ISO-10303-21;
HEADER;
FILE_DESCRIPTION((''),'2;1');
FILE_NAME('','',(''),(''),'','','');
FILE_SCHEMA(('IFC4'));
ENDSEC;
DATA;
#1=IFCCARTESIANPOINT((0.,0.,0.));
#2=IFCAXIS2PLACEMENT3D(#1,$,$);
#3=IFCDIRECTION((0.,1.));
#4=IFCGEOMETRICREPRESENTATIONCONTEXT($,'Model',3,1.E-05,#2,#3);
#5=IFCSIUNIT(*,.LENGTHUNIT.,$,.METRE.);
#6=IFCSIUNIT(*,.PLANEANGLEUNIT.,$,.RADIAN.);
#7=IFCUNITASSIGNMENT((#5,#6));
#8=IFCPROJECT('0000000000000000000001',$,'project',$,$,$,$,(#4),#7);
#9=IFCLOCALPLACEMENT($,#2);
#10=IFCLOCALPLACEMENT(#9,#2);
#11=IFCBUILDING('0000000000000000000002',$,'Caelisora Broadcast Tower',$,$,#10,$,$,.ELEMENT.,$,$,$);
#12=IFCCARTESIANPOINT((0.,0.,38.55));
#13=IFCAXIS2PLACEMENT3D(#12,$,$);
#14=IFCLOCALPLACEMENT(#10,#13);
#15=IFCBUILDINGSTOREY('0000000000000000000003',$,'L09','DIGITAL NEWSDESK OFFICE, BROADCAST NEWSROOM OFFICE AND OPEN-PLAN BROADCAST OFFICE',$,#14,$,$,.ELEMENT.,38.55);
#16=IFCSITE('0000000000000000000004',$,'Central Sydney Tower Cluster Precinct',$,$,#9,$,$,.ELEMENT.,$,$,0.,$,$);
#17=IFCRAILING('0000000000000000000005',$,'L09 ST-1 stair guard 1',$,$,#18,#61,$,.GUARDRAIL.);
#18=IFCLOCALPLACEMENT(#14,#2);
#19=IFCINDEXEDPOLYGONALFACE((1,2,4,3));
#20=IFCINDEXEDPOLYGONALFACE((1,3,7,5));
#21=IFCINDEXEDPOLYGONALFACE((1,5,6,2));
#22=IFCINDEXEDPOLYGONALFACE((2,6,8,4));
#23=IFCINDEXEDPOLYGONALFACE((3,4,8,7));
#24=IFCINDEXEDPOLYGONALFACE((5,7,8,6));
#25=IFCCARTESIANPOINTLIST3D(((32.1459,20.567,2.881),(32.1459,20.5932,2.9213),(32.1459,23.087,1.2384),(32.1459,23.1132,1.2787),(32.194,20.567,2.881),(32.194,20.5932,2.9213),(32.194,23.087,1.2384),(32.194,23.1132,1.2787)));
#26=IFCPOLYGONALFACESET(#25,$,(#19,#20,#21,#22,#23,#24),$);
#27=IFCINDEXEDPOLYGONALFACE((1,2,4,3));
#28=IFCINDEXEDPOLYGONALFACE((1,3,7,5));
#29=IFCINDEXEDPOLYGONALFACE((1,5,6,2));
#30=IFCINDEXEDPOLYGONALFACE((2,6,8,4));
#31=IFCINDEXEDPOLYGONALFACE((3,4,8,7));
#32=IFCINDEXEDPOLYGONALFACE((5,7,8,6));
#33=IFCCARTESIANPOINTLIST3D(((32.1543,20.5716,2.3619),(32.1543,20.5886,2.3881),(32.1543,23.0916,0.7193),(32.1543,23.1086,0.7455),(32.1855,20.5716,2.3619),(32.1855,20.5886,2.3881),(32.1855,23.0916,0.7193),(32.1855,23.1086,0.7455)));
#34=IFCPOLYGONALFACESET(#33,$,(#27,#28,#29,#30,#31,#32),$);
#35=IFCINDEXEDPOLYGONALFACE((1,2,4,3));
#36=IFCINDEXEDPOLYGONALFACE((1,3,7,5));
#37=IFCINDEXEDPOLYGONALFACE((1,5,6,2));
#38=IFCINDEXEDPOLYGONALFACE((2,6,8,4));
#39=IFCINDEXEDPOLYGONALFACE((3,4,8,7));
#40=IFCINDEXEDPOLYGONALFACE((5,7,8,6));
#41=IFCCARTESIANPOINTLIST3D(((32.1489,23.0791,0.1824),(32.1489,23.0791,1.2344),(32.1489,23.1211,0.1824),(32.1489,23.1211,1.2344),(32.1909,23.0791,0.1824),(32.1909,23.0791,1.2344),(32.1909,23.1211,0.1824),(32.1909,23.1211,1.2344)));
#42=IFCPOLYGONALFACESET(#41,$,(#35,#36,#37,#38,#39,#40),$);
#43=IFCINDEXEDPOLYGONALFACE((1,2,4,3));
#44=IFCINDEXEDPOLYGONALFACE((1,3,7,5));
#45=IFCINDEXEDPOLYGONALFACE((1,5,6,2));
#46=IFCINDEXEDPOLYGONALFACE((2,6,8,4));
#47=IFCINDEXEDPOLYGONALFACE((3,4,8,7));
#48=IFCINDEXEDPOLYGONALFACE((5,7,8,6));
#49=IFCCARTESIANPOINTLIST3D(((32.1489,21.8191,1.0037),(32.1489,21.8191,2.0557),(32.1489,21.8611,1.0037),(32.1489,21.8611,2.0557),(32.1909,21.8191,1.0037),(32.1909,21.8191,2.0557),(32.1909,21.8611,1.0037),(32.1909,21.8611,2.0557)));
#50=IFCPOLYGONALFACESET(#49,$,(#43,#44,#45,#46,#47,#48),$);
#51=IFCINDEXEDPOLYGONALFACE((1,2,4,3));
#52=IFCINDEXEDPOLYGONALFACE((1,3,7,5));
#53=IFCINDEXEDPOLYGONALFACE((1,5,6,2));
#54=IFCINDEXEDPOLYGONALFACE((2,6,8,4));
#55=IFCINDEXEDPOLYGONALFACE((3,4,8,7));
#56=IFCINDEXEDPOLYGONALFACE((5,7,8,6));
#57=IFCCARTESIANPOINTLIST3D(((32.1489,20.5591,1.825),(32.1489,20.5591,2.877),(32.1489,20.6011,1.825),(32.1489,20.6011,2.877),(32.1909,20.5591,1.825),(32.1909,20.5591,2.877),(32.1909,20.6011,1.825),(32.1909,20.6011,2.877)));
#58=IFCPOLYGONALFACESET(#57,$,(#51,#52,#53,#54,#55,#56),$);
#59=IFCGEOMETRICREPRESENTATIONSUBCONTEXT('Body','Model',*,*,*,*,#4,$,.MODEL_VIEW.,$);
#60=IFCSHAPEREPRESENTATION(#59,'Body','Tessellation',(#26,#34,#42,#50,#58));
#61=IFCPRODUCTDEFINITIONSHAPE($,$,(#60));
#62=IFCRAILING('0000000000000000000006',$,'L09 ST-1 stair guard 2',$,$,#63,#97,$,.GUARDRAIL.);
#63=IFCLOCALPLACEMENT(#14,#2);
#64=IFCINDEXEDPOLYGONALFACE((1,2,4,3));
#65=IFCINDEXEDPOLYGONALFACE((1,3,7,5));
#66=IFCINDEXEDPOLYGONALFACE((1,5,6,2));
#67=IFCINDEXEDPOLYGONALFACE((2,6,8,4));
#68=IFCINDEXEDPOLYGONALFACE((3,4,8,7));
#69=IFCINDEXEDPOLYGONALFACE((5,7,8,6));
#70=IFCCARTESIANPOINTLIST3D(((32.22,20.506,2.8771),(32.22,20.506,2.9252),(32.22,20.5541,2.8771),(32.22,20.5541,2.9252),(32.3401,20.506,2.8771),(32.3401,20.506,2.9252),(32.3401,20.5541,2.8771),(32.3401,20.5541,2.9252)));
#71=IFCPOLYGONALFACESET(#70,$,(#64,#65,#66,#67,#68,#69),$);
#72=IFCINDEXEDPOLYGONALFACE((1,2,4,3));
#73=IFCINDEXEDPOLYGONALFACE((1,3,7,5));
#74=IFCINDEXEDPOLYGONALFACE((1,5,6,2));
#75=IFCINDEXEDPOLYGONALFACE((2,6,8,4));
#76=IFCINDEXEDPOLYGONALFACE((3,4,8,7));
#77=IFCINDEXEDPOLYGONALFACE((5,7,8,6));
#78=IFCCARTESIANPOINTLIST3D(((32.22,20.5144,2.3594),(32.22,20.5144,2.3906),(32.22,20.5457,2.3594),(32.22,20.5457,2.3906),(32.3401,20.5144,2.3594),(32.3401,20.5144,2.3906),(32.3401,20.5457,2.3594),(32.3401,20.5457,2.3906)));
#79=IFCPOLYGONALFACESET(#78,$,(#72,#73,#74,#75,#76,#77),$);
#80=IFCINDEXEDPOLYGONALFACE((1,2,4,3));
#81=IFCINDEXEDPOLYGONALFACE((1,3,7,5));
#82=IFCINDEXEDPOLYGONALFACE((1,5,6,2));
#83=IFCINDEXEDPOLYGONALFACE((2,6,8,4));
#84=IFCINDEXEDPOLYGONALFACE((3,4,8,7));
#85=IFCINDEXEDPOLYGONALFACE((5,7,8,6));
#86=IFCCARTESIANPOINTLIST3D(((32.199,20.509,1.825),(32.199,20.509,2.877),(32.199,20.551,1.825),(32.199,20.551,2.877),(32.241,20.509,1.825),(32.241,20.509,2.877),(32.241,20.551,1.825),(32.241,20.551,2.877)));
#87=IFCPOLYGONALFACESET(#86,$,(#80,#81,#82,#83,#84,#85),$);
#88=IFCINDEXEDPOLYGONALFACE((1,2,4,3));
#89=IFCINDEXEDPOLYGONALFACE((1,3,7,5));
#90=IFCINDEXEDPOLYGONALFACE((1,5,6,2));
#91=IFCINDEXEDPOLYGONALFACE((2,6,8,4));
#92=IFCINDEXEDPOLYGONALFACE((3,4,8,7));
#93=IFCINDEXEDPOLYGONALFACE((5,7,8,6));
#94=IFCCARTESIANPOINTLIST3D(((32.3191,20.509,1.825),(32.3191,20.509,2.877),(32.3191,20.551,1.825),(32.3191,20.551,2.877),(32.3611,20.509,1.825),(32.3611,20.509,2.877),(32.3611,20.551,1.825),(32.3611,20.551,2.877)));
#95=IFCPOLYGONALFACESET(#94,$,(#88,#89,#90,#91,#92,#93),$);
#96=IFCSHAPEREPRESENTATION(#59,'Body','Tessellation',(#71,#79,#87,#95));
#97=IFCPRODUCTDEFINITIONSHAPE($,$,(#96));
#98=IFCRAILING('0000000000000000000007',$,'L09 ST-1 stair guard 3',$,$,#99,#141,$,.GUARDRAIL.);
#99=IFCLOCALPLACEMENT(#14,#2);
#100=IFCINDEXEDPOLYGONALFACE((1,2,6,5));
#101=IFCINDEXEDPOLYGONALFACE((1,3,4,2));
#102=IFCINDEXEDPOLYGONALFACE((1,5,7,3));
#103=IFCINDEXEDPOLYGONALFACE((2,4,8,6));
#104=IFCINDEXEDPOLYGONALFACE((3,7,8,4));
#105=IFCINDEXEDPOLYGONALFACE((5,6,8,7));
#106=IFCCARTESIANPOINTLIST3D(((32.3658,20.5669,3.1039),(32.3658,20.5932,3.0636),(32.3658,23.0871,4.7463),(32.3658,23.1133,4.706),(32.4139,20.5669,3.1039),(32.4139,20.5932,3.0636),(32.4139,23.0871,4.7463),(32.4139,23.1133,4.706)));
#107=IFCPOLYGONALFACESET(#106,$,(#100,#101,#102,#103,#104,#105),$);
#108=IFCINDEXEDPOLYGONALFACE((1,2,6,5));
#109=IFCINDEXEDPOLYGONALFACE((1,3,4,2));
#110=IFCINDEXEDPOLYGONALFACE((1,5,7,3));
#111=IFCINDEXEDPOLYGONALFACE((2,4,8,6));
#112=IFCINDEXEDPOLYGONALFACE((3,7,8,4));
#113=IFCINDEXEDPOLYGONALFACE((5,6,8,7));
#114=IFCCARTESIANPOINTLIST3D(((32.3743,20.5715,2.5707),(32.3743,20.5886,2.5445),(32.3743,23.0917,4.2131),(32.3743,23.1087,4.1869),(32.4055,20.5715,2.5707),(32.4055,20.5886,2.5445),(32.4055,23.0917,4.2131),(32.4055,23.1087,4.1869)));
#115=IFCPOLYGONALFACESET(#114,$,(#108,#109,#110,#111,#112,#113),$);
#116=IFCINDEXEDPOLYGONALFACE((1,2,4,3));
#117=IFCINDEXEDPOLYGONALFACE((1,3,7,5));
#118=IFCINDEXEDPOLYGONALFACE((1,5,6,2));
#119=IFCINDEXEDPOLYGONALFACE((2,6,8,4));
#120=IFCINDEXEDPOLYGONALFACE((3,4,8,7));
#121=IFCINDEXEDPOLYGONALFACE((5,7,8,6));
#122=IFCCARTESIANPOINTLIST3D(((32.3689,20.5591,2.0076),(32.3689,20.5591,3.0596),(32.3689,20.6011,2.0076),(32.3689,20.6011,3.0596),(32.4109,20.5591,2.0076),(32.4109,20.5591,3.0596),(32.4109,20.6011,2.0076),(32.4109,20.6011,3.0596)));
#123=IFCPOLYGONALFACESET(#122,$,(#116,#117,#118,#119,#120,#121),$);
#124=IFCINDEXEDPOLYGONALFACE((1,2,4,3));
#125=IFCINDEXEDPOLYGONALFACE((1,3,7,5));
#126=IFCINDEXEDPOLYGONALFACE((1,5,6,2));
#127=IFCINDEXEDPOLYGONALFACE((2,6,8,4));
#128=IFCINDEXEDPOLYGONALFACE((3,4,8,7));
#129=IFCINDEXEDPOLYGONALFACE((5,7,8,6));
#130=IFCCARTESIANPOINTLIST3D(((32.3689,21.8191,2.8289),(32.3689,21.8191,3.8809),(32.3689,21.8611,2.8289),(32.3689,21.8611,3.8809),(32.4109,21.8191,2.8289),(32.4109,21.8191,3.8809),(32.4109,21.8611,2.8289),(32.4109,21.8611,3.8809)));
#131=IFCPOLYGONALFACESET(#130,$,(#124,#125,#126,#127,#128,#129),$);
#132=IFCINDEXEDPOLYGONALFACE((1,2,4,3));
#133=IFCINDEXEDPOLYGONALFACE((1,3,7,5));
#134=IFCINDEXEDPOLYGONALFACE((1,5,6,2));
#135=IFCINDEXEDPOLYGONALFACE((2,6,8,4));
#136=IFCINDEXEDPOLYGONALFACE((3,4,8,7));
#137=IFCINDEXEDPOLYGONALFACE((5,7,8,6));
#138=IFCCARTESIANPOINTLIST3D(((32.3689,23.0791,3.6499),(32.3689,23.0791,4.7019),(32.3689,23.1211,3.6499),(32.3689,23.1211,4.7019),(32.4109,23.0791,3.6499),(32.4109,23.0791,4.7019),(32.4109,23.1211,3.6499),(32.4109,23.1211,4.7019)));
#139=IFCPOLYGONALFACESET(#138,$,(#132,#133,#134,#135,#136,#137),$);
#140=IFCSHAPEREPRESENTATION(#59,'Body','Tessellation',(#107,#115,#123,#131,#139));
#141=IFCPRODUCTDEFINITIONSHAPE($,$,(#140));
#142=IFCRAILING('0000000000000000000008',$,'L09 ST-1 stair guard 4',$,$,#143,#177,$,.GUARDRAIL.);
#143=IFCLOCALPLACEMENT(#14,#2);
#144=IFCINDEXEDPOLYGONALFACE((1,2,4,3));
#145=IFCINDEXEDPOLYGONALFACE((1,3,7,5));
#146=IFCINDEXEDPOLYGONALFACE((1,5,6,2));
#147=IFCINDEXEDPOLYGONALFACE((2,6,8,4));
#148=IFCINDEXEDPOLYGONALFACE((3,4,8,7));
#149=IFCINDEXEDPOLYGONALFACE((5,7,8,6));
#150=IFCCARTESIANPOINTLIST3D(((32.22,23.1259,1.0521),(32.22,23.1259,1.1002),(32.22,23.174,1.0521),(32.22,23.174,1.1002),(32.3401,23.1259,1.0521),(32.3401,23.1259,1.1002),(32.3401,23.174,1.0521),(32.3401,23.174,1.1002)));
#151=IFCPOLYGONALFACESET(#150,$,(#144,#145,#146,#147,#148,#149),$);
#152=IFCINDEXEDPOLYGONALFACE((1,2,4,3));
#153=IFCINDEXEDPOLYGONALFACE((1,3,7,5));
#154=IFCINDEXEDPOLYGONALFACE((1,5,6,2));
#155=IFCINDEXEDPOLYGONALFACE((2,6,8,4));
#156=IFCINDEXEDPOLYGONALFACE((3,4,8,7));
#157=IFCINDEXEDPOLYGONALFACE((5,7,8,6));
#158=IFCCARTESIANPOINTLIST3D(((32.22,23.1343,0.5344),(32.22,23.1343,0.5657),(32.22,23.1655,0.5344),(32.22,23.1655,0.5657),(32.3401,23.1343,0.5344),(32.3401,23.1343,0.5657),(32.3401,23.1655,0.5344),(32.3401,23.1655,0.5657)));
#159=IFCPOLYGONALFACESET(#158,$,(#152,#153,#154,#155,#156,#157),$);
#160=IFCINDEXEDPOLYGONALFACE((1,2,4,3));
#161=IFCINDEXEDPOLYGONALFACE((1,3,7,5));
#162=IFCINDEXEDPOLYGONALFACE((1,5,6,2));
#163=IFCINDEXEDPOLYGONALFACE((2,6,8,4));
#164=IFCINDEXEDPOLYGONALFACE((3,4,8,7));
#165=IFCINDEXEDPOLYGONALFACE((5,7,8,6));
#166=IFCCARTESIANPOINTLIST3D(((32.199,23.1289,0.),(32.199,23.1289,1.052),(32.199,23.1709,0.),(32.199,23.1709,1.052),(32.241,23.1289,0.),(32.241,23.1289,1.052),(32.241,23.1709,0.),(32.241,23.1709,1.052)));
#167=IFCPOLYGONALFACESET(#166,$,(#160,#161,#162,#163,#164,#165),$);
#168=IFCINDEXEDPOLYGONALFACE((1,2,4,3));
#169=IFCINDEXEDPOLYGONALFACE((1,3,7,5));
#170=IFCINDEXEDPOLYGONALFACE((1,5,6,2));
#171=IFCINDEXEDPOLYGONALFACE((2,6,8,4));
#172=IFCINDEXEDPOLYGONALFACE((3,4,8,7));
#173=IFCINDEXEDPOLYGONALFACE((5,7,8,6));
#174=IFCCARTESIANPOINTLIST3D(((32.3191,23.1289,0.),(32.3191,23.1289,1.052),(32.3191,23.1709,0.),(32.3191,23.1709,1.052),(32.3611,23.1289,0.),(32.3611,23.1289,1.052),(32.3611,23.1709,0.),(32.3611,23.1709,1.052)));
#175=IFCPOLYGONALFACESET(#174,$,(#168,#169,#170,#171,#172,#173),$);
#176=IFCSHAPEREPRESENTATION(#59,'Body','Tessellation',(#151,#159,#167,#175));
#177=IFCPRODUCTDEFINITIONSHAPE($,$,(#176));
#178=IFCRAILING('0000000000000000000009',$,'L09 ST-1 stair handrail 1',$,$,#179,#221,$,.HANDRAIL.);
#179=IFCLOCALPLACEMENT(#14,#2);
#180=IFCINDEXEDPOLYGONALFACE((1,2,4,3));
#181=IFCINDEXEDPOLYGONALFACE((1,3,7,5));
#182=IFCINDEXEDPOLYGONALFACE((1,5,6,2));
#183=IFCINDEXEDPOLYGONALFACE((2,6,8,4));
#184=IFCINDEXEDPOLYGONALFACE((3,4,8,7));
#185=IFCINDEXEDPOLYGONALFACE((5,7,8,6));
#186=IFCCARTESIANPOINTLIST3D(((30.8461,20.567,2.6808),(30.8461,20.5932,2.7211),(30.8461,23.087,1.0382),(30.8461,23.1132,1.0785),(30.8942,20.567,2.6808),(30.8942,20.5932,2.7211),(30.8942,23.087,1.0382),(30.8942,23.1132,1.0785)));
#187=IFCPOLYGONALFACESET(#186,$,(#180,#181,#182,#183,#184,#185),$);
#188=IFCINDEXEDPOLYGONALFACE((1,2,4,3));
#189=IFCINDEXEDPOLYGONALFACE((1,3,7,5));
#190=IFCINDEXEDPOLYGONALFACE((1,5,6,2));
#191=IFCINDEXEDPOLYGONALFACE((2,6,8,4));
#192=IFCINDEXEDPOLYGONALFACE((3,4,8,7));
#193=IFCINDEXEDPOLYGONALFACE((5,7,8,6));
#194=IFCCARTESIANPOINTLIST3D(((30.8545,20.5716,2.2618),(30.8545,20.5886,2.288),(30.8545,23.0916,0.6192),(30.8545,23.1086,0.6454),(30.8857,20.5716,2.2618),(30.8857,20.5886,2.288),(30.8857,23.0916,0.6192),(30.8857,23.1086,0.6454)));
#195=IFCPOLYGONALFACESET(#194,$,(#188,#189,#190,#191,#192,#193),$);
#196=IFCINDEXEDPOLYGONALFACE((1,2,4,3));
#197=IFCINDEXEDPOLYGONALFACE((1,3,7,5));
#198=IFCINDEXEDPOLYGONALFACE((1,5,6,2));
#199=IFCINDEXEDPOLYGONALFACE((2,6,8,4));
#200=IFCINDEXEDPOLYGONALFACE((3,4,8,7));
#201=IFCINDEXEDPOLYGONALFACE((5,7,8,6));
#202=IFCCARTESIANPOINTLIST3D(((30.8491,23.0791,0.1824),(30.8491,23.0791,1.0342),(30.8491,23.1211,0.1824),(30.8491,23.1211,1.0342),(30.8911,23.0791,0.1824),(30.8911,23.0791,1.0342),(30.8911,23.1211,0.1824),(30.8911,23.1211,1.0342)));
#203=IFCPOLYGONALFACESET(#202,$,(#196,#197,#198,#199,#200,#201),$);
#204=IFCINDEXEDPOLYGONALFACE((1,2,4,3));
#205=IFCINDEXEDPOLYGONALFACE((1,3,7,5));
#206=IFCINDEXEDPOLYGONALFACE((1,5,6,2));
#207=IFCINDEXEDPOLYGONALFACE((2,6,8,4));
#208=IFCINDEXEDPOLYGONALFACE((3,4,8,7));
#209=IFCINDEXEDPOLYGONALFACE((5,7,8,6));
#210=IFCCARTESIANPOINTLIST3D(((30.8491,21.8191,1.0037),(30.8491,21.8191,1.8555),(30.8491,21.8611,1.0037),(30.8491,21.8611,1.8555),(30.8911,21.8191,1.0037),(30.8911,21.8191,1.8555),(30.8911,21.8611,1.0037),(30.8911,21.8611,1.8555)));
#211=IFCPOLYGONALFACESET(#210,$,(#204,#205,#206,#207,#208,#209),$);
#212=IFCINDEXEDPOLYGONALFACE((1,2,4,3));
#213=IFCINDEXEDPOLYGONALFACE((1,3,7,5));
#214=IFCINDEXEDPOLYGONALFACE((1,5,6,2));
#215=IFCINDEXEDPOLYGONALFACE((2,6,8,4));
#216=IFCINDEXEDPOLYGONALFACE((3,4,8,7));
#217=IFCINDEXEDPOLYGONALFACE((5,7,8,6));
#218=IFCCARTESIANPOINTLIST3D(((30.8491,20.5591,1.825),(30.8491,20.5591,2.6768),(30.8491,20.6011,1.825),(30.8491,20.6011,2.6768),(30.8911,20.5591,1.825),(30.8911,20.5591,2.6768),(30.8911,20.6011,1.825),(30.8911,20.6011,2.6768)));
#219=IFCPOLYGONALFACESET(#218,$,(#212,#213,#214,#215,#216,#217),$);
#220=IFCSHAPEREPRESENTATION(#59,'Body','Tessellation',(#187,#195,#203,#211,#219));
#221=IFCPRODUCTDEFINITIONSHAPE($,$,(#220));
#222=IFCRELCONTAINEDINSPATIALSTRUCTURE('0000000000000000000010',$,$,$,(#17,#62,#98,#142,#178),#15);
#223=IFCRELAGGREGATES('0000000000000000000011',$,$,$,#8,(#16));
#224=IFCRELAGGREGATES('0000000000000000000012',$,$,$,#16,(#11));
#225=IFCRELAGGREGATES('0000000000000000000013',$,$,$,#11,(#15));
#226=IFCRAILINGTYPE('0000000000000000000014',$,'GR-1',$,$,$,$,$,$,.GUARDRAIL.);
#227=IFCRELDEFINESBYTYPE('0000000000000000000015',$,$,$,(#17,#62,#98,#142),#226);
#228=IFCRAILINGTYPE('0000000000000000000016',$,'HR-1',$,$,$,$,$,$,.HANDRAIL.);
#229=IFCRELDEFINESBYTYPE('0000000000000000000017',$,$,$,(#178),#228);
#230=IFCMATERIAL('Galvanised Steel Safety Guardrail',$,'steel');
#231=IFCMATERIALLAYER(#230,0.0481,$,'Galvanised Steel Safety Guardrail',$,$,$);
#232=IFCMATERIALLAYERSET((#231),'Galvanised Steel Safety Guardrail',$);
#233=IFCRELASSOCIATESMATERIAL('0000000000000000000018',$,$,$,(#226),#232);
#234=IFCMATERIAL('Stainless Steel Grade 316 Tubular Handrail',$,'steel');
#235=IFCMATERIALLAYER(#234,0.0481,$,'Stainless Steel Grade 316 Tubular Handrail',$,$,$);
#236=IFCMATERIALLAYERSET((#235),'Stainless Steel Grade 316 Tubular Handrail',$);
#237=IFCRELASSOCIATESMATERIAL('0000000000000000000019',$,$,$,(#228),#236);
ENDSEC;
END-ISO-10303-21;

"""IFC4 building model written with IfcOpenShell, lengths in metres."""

from ifc_helpers import new_model, si_unit, direction, frame, origin, origin_2d, place, context, subcontext, project, spatial, rectangle, extrude, material, layer, layer_set, type_object, element, save


model = new_model("IFC4")

# Units and contexts
model_context = context("Model", 3, precision=1e-05, world=origin(), true_north=direction((0.0, 1.0)))
body_context = subcontext(model_context, "Body", "Model", "MODEL_VIEW")
ifc_project = project(units=[si_unit("LENGTHUNIT", "METRE"), si_unit("PLANEANGLEUNIT", "RADIAN")], contexts=[model_context])

# Site, building, storey
site_placement = place(None, origin())
site = spatial("IfcSite", under=ifc_project, at=site_placement, Name="Central Sydney Tower Cluster Precinct", CompositionType="ELEMENT", RefElevation=0.0)
building_placement = place(site_placement, origin())
building = spatial("IfcBuilding", under=site, at=building_placement, Name="Caelisora Broadcast Tower", CompositionType="ELEMENT")
storey_placement = place(building_placement, frame((0.0, 0.0, 38.55)))
storey = spatial("IfcBuildingStorey", under=building, at=storey_placement, Name="L09", Description="DIGITAL NEWSDESK OFFICE, BROADCAST NEWSROOM OFFICE AND OPEN-PLAN BROADCAST OFFICE", CompositionType="ELEMENT", Elevation=38.55)

# Railings
ifc_material_1 = material(Name="Galvanised Steel Safety Guardrail", Category="steel")
ifc_layer_1 = layer(ifc_material_1, 0.0481, Name="Galvanised Steel Safety Guardrail")
ifc_layer_set_1 = layer_set([ifc_layer_1], Name="Galvanised Steel Safety Guardrail")
railing_type_1 = type_object("IfcRailingType", Name="GR-1", PredefinedType="GUARDRAIL", material=ifc_layer_set_1)
railing_1_placement = place(storey_placement, frame((32.1699, 23.1001, 0.1824)))
element("IfcRailing", 1, at=railing_1_placement, inside=storey, type_object=railing_type_1, Name="L09 ST-1 stair guard 1", PredefinedType="GUARDRAIL", context=body_context, shape_type="SweptSolid", body=[
    extrude(rectangle(XDim=0.0481, YDim=0.0481, at=origin_2d()), frame((0.0, 0.0, 1.0762), z_axis=(0.0, -0.837749, 0.546055), x_axis=(1.0, 0.0, 0.0)), (0.0, 0.0, 1.0), 3.0081),
    extrude(rectangle(XDim=0.0312, YDim=0.0312, at=origin_2d()), frame((0.0, 0.0, 0.55), z_axis=(0.0, -0.837749, 0.546055), x_axis=(1.0, 0.0, 0.0)), (0.0, 0.0, 1.0), 3.0081),
    extrude(rectangle(XDim=0.042, YDim=0.042, at=origin_2d()), origin(), (0.0, 0.0, 1.0), 1.052),
    extrude(rectangle(XDim=0.042, YDim=0.042, at=origin_2d()), frame((0.0, -1.26, 0.8213)), (0.0, 0.0, 1.0), 1.052),
    extrude(rectangle(XDim=0.042, YDim=0.042, at=origin_2d()), frame((0.0, -2.52, 1.6426)), (0.0, 0.0, 1.0), 1.052),
])
railing_2_placement = place(storey_placement, frame((32.22, 20.53, 1.825)))
element("IfcRailing", 2, at=railing_2_placement, inside=storey, type_object=railing_type_1, Name="L09 ST-1 stair guard 2", PredefinedType="GUARDRAIL", context=body_context, shape_type="SweptSolid", body=[
    extrude(rectangle(XDim=0.0481, YDim=0.0481, at=origin_2d()), frame((0.0, 0.0, 1.0762), z_axis=(1.0, 0.0, 0.0), x_axis=(0.0, 1.0, 0.0)), (0.0, 0.0, 1.0), 0.1201),
    extrude(rectangle(XDim=0.0312, YDim=0.0312, at=origin_2d()), frame((0.0, 0.0, 0.55), z_axis=(1.0, 0.0, 0.0), x_axis=(0.0, 1.0, 0.0)), (0.0, 0.0, 1.0), 0.1201),
    extrude(rectangle(XDim=0.042, YDim=0.042, at=origin_2d()), origin(), (0.0, 0.0, 1.0), 1.052),
    extrude(rectangle(XDim=0.042, YDim=0.042, at=origin_2d()), frame((0.1201, 0.0, 0.0)), (0.0, 0.0, 1.0), 1.052),
])
railing_3_placement = place(storey_placement, frame((32.3899, 20.5801, 2.0076)))
element("IfcRailing", 3, at=railing_3_placement, inside=storey, type_object=railing_type_1, Name="L09 ST-1 stair guard 3", PredefinedType="GUARDRAIL", context=body_context, shape_type="SweptSolid", body=[
    extrude(rectangle(XDim=0.0481, YDim=0.0481, at=origin_2d()), frame((0.0, 0.0, 1.0762), z_axis=(0.0, 0.837787, 0.545998), x_axis=(-1.0, 0.0, 0.0)), (0.0, 0.0, 1.0), 3.0081),
    extrude(rectangle(XDim=0.0312, YDim=0.0312, at=origin_2d()), frame((0.0, 0.0, 0.55), z_axis=(0.0, 0.837787, 0.545998), x_axis=(-1.0, 0.0, 0.0)), (0.0, 0.0, 1.0), 3.0081),
    extrude(rectangle(XDim=0.042, YDim=0.042, at=origin_2d()), origin(), (0.0, 0.0, 1.0), 1.052),
    extrude(rectangle(XDim=0.042, YDim=0.042, at=origin_2d()), frame((0.0, 1.26, 0.8213)), (0.0, 0.0, 1.0), 1.052),
    extrude(rectangle(XDim=0.042, YDim=0.042, at=origin_2d()), frame((0.0, 2.52, 1.6423)), (0.0, 0.0, 1.0), 1.052),
])
railing_4_placement = place(storey_placement, frame((32.22, 23.1499, 0.0)))
element("IfcRailing", 4, at=railing_4_placement, inside=storey, type_object=railing_type_1, Name="L09 ST-1 stair guard 4", PredefinedType="GUARDRAIL", context=body_context, shape_type="SweptSolid", body=[
    extrude(rectangle(XDim=0.0481, YDim=0.0481, at=origin_2d()), frame((0.0, 0.0, 1.0762), z_axis=(1.0, 0.0, 0.0), x_axis=(0.0, 1.0, 0.0)), (0.0, 0.0, 1.0), 0.1201),
    extrude(rectangle(XDim=0.0312, YDim=0.0312, at=origin_2d()), frame((0.0, 0.0, 0.55), z_axis=(1.0, 0.0, 0.0), x_axis=(0.0, 1.0, 0.0)), (0.0, 0.0, 1.0), 0.1201),
    extrude(rectangle(XDim=0.042, YDim=0.042, at=origin_2d()), origin(), (0.0, 0.0, 1.0), 1.052),
    extrude(rectangle(XDim=0.042, YDim=0.042, at=origin_2d()), frame((0.1201, 0.0, 0.0)), (0.0, 0.0, 1.0), 1.052),
])
ifc_material_2 = material(Name="Stainless Steel Grade 316 Tubular Handrail", Category="steel")
ifc_layer_2 = layer(ifc_material_2, 0.0481, Name="Stainless Steel Grade 316 Tubular Handrail")
ifc_layer_set_2 = layer_set([ifc_layer_2], Name="Stainless Steel Grade 316 Tubular Handrail")
railing_type_2 = type_object("IfcRailingType", Name="HR-1", PredefinedType="HANDRAIL", material=ifc_layer_set_2)
railing_5_placement = place(storey_placement, frame((30.8701, 23.1001, 0.1824)))
element("IfcRailing", 5, at=railing_5_placement, inside=storey, type_object=railing_type_2, Name="L09 ST-1 stair handrail 1", PredefinedType="HANDRAIL", context=body_context, shape_type="SweptSolid", body=[
    extrude(rectangle(XDim=0.0481, YDim=0.0481, at=origin_2d()), frame((0.0, 0.0, 0.876), z_axis=(0.0, -0.837749, 0.546055), x_axis=(1.0, 0.0, 0.0)), (0.0, 0.0, 1.0), 3.0081),
    extrude(rectangle(XDim=0.0312, YDim=0.0312, at=origin_2d()), frame((0.0, 0.0, 0.45), z_axis=(0.0, -0.837749, 0.546055), x_axis=(1.0, 0.0, 0.0)), (0.0, 0.0, 1.0), 3.0081),
    extrude(rectangle(XDim=0.042, YDim=0.042, at=origin_2d()), origin(), (0.0, 0.0, 1.0), 0.8518),
    extrude(rectangle(XDim=0.042, YDim=0.042, at=origin_2d()), frame((0.0, -1.26, 0.8213)), (0.0, 0.0, 1.0), 0.8518),
    extrude(rectangle(XDim=0.042, YDim=0.042, at=origin_2d()), frame((0.0, -2.52, 1.6426)), (0.0, 0.0, 1.0), 0.8518),
])

save(model, "model.ifc")
